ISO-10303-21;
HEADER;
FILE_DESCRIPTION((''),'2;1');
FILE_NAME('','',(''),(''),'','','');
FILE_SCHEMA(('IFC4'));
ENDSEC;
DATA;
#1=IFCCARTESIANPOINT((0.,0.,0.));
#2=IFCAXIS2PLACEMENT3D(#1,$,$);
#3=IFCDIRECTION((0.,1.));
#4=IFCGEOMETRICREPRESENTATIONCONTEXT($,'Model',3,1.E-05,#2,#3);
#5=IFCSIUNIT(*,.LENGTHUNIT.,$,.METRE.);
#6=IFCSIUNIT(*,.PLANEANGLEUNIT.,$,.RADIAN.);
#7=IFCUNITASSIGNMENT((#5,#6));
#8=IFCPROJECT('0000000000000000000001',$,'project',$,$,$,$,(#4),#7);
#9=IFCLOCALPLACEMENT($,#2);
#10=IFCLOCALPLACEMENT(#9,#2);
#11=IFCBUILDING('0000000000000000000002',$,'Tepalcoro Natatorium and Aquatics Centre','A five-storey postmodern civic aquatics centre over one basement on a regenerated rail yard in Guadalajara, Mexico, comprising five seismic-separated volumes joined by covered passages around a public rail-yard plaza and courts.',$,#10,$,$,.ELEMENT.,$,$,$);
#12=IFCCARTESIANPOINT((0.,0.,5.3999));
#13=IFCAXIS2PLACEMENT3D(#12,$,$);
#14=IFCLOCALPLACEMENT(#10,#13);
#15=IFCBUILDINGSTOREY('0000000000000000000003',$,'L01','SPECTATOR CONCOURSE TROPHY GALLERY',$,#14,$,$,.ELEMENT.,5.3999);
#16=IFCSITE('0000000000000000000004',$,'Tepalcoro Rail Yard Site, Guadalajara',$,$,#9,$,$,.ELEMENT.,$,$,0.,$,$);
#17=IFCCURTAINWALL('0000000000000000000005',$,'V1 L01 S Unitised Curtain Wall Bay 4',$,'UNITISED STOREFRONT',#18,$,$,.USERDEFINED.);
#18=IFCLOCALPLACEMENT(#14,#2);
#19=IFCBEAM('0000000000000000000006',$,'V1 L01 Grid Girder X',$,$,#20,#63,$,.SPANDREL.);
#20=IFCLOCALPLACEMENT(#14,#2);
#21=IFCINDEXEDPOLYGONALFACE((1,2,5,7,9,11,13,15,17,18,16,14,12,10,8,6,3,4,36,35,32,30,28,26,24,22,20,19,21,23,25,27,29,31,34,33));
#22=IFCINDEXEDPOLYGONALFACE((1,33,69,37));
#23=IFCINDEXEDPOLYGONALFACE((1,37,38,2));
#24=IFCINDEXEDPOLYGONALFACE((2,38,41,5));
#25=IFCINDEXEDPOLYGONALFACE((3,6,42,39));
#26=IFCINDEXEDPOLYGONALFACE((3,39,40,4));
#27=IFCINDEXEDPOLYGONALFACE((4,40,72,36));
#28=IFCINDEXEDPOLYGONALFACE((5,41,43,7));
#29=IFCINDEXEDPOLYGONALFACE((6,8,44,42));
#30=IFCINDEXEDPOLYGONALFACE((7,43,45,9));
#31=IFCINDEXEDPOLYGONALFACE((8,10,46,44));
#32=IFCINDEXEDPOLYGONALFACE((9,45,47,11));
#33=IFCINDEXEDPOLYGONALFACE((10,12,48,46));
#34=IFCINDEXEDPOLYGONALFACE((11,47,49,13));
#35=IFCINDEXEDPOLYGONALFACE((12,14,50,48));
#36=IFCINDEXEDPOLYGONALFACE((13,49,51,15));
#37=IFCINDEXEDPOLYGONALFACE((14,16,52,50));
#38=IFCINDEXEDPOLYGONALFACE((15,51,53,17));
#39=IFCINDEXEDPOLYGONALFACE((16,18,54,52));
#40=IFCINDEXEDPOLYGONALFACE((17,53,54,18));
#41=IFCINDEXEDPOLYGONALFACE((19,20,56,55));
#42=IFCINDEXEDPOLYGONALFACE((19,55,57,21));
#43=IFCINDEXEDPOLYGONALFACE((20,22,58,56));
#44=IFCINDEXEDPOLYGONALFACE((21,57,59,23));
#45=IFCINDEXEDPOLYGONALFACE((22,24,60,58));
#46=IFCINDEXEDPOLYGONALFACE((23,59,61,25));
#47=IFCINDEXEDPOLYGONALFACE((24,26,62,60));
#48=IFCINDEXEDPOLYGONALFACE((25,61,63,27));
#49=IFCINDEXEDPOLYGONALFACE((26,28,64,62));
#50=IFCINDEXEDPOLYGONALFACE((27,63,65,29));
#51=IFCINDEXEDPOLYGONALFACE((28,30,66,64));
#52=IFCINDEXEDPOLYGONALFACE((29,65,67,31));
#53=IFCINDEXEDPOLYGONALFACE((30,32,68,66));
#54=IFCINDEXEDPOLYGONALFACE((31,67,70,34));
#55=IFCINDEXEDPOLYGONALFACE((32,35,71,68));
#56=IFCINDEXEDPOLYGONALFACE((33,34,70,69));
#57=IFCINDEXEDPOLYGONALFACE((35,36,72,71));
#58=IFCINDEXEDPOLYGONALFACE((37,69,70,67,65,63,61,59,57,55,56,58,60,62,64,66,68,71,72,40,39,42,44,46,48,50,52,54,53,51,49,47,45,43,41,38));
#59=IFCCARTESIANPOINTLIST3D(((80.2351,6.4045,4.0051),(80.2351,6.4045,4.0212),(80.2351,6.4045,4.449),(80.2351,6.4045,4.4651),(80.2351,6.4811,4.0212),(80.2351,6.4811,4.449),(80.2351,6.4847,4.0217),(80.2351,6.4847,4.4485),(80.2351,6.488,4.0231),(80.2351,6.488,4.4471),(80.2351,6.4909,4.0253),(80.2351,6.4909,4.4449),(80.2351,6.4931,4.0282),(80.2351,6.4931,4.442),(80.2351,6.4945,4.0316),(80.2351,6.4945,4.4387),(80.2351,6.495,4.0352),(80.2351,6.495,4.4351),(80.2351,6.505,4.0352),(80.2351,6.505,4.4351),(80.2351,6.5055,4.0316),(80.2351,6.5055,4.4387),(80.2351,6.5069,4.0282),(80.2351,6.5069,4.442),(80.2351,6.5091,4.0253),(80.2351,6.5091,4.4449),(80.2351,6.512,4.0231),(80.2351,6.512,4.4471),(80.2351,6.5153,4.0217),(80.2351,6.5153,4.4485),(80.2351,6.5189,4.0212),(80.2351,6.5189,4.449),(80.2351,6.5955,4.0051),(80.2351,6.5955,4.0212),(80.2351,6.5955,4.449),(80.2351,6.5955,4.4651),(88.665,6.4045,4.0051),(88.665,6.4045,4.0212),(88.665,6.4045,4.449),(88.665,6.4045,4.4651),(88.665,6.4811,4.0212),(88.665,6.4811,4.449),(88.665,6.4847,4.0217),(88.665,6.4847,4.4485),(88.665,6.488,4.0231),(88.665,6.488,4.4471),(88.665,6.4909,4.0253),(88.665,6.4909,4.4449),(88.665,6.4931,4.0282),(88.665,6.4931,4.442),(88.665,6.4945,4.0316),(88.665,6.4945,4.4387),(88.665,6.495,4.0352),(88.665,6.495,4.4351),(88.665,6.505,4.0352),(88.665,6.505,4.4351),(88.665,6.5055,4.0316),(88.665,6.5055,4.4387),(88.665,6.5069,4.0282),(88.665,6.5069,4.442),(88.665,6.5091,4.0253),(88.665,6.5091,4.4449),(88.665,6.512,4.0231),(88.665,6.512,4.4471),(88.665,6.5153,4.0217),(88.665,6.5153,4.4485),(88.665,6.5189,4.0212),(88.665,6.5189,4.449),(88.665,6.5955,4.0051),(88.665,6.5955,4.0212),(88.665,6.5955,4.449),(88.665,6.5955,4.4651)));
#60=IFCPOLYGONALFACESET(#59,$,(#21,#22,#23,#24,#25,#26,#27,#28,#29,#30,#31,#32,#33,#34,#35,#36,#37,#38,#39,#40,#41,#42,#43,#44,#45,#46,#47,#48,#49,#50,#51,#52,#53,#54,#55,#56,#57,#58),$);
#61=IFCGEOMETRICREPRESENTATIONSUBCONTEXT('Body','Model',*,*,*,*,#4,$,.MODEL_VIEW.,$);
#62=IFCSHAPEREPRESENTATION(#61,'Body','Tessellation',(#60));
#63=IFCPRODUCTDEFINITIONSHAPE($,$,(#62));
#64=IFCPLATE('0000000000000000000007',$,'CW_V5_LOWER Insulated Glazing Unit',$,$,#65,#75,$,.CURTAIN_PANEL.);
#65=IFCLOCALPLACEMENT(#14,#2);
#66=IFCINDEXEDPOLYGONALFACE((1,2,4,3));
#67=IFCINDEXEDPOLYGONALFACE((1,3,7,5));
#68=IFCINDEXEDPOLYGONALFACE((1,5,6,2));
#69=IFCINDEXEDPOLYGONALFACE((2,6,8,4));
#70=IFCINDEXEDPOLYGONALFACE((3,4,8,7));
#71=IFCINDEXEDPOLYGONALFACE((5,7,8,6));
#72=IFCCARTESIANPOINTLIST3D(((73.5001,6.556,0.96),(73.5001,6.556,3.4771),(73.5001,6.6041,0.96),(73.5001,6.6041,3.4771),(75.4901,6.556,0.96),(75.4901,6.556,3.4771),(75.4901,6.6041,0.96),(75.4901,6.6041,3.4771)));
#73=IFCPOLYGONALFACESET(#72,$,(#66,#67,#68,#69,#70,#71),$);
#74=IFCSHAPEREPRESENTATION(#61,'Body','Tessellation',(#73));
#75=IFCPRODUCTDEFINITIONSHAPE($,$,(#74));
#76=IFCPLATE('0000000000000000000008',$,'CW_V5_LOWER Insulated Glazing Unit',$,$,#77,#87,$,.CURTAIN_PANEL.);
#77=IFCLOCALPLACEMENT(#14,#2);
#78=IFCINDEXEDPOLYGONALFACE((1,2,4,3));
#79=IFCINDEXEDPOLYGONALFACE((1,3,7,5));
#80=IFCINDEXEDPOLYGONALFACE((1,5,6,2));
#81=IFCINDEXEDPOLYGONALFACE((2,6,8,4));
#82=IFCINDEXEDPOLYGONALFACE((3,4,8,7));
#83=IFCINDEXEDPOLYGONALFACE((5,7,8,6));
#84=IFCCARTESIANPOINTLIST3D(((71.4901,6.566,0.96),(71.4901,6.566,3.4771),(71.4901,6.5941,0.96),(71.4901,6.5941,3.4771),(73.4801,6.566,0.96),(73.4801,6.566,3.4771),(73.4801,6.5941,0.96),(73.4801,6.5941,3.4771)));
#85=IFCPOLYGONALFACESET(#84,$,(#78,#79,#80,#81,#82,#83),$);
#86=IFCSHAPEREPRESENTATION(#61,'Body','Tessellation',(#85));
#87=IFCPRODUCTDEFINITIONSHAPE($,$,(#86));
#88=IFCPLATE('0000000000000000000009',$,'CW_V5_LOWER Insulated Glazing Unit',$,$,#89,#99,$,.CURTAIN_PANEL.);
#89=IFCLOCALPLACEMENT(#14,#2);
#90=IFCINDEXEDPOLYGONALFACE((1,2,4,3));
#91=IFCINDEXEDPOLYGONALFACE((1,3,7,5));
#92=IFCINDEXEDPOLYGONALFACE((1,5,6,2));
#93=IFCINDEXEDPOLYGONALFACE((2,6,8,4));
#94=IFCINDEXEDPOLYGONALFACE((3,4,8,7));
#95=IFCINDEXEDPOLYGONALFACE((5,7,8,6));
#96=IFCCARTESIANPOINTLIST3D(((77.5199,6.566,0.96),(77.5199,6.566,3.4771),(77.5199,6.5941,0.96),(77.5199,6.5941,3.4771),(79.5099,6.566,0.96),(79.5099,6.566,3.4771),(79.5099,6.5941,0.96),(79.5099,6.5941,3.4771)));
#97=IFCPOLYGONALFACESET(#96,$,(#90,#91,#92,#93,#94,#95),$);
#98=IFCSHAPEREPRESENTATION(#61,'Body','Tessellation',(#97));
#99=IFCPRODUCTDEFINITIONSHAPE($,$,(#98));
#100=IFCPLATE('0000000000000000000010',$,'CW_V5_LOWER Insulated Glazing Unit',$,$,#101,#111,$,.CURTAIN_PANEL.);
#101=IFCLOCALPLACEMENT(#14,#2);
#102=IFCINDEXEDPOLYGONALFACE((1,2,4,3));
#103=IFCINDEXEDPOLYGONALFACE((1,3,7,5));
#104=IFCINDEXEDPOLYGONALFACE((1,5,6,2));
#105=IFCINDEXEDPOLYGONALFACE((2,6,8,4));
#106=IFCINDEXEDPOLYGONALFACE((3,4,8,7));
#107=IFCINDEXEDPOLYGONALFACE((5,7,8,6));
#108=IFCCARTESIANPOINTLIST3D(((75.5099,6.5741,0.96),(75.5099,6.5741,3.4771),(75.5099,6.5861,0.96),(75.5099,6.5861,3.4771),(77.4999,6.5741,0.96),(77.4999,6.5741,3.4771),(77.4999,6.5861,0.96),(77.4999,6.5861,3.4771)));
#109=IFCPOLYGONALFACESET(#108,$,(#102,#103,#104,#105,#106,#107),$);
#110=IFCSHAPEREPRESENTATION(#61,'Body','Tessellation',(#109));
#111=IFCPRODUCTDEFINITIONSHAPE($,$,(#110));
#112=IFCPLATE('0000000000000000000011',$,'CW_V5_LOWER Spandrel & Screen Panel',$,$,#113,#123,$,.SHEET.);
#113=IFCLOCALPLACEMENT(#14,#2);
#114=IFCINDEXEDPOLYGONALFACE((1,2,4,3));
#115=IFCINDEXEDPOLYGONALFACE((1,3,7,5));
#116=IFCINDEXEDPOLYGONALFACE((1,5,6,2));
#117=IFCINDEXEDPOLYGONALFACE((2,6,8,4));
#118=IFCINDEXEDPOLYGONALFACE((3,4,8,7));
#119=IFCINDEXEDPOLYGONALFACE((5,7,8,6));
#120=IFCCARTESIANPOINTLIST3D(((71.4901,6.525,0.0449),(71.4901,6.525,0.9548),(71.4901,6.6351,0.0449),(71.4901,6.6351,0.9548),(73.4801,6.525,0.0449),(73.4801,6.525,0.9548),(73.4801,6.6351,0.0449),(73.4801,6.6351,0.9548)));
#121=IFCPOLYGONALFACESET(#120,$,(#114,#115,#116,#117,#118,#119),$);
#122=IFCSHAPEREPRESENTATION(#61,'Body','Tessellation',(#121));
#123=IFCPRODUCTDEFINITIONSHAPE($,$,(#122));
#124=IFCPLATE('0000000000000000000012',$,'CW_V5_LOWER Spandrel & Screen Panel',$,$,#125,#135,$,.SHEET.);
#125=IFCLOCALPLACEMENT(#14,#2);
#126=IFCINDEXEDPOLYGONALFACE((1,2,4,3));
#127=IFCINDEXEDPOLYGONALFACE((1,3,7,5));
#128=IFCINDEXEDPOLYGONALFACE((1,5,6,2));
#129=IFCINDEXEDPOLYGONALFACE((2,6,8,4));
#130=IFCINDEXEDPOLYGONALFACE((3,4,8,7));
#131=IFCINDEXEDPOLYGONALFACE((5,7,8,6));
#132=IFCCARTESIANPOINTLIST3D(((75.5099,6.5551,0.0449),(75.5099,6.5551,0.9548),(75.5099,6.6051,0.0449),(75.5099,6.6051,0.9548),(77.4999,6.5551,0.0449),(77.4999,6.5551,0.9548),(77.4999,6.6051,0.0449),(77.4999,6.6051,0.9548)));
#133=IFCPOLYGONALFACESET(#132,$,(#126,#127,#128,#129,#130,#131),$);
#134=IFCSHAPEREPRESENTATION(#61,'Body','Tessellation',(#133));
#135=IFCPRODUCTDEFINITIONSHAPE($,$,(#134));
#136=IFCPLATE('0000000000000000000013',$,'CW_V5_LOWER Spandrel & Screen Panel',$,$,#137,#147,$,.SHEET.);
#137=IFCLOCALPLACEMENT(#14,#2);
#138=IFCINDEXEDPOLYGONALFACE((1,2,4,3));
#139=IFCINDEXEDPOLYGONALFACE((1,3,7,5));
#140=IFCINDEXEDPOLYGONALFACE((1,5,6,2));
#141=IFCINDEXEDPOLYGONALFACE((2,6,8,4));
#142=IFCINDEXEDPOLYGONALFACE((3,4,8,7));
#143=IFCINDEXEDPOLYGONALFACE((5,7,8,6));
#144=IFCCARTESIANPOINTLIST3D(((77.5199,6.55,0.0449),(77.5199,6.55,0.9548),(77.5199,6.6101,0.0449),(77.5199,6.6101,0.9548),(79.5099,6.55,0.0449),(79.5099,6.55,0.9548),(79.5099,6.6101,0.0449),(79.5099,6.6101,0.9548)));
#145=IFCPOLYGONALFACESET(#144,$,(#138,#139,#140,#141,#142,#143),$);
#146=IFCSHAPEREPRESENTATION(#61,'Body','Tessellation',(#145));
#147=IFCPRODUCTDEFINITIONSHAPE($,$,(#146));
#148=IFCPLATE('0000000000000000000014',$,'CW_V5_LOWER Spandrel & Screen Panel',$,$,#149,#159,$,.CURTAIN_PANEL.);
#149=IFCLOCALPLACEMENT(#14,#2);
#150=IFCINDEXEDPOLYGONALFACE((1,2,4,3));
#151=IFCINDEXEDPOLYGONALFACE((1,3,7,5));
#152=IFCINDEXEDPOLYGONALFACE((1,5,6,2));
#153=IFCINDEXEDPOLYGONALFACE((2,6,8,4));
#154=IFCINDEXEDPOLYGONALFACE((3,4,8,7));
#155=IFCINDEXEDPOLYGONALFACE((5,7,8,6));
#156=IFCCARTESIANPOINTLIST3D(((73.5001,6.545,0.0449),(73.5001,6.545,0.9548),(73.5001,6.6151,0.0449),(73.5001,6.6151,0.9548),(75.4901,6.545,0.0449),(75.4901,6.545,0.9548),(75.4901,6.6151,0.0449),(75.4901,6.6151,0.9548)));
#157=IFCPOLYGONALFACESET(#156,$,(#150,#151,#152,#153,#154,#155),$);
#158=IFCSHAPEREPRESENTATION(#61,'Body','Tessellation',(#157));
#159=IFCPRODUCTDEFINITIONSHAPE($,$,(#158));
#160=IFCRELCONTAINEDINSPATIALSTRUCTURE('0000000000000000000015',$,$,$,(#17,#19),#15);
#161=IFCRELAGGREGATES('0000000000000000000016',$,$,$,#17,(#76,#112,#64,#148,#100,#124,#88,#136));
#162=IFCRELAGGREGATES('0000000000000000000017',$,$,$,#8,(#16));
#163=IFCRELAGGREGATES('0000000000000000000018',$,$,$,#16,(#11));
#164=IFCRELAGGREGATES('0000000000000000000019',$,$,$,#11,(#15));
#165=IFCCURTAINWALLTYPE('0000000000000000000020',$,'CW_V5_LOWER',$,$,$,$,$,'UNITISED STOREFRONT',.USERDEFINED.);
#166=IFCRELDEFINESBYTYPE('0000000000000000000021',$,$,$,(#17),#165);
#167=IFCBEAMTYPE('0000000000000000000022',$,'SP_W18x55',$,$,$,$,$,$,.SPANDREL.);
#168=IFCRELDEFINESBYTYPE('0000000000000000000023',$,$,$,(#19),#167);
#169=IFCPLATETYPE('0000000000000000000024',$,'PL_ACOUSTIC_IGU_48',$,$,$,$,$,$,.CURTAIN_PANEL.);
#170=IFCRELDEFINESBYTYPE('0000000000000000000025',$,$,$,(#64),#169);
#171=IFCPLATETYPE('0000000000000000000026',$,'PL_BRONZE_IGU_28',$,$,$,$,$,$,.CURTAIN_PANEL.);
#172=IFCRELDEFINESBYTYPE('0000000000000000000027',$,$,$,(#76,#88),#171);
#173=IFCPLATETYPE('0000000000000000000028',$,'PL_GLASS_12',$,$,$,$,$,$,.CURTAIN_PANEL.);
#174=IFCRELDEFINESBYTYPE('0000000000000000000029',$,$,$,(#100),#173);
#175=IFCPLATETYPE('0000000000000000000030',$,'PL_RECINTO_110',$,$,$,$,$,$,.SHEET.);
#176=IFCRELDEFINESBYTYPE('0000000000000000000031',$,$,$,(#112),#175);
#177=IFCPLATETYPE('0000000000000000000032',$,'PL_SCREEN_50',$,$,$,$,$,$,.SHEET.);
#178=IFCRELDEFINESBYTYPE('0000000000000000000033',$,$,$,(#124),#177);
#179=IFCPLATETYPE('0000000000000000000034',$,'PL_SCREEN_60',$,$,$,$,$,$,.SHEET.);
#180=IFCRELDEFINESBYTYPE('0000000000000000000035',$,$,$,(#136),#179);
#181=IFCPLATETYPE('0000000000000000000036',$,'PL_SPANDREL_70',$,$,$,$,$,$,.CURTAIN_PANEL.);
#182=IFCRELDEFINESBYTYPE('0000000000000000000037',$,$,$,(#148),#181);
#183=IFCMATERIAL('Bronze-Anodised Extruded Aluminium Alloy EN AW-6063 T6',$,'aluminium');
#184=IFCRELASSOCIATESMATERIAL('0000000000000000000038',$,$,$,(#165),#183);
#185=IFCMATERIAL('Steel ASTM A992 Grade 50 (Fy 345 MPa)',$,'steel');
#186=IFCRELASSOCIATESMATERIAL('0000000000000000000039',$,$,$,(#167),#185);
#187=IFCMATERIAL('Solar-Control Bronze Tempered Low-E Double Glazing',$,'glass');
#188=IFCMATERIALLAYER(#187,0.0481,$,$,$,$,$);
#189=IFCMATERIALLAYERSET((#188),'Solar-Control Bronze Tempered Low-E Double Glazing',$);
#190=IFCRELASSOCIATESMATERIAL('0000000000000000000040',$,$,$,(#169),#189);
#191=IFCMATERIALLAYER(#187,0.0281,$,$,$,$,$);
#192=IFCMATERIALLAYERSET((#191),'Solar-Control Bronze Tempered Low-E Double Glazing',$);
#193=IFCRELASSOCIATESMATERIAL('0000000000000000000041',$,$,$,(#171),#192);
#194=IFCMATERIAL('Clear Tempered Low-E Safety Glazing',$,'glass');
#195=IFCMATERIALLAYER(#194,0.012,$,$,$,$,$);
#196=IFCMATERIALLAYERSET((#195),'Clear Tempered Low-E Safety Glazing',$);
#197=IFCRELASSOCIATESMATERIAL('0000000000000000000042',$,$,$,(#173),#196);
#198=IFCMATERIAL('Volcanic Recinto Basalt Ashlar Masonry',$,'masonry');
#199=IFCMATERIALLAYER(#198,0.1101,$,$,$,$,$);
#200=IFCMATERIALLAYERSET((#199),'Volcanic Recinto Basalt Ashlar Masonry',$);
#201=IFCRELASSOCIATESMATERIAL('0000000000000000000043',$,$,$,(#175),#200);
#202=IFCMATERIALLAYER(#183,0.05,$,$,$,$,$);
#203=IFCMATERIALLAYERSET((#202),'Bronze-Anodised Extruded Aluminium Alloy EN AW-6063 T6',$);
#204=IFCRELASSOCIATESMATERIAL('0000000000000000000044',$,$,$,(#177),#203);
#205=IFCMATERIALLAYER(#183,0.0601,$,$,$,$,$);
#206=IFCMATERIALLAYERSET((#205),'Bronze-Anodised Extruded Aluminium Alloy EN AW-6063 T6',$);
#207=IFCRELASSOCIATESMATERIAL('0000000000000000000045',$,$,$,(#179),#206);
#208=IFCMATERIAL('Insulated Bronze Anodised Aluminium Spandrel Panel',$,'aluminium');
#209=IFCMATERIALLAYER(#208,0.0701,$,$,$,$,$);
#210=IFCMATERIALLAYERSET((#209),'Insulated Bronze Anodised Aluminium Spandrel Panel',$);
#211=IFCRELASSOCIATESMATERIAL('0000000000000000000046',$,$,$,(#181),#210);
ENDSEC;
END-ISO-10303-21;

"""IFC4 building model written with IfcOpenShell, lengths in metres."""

from ifc_helpers import new_model, si_unit, direction, frame, origin, origin_2d, place, context, subcontext, project, spatial, rectangle, i_section, extrude, material, layer, layer_set, material_profile, profile_set, type_object, element, aggregate, save


model = new_model("IFC4")

# Units and contexts
model_context = context("Model", 3, precision=1e-05, world=origin(), true_north=direction((0.0, 1.0)))
body_context = subcontext(model_context, "Body", "Model", "MODEL_VIEW")
ifc_project = project(units=[si_unit("LENGTHUNIT", "METRE"), si_unit("PLANEANGLEUNIT", "RADIAN")], contexts=[model_context])

# Site, building, storey
site_placement = place(None, origin())
site = spatial("IfcSite", under=ifc_project, at=site_placement, Name="Tepalcoro Rail Yard Site, Guadalajara", CompositionType="ELEMENT", RefElevation=0.0)
building_placement = place(site_placement, origin())
building = spatial("IfcBuilding", under=site, at=building_placement, Name="Tepalcoro Natatorium and Aquatics Centre", Description="A five-storey postmodern civic aquatics centre over one basement on a regenerated rail yard in Guadalajara, Mexico, comprising five seismic-separated volumes joined by covered passages around a public rail-yard plaza and courts.", CompositionType="ELEMENT")
storey_placement = place(building_placement, frame((0.0, 0.0, 5.3999)))
storey = spatial("IfcBuildingStorey", under=building, at=storey_placement, Name="L01", Description="SPECTATOR CONCOURSE TROPHY GALLERY", CompositionType="ELEMENT", Elevation=5.3999)

# Shared definitions
ifc_material_1 = material(Name="Steel ASTM A992 Grade 50 (Fy 345 MPa)", Category="steel")

# Curtain wall
ifc_material_2 = material(Name="Bronze-Anodised Extruded Aluminium Alloy EN AW-6063 T6", Category="aluminium")
curtain_wall_type_1 = type_object("IfcCurtainWallType", Name="CW_V5_LOWER", ElementType="UNITISED STOREFRONT", PredefinedType="USERDEFINED", material=ifc_material_2)
curtain_wall_1_placement = place(storey_placement, origin())
curtain_wall_1 = element("IfcCurtainWall", 1, at=curtain_wall_1_placement, inside=storey, type_object=curtain_wall_type_1, Name="V1 L01 S Unitised Curtain Wall Bay 4", ObjectType="UNITISED STOREFRONT", PredefinedType="USERDEFINED")

# Beam
ifc_material_profile_1 = material_profile(ifc_material_1, i_section(OverallWidth=0.1909, OverallDepth=0.46, WebThickness=0.01, FlangeThickness=0.0161, FilletRadius=0.0139, at=origin_2d()), Name="W18X55")
ifc_profile_set_1 = profile_set([ifc_material_profile_1], Name="Steel ASTM A992 Grade 50 (Fy 345 MPa)")
beam_type_1 = type_object("IfcBeamType", Name="SP_W18x55", PredefinedType="SPANDREL", material=ifc_profile_set_1)
beam_1_placement = place(storey_placement, frame((80.2351, 6.5, 4.2351), z_axis=(1.0, 0.0, 0.0), x_axis=(0.0, 1.0, 0.0)))
element("IfcBeam", 2, at=beam_1_placement, inside=storey, type_object=beam_type_1, Name="V1 L01 Grid Girder X", PredefinedType="SPANDREL", context=body_context, shape_type="SweptSolid", body=[
    extrude(i_section(OverallWidth=0.1909, OverallDepth=0.46, WebThickness=0.01, FlangeThickness=0.0161, FilletRadius=0.0139, at=origin_2d()), origin(), (0.0, 0.0, 1.0), 8.4299),
])

# Plates
ifc_material_3 = material(Name="Solar-Control Bronze Tempered Low-E Double Glazing", Category="glass")
ifc_layer_1 = layer(ifc_material_3, 0.0481)
ifc_layer_set_1 = layer_set([ifc_layer_1], Name="Solar-Control Bronze Tempered Low-E Double Glazing")
plate_type_1 = type_object("IfcPlateType", Name="PL_ACOUSTIC_IGU_48", PredefinedType="CURTAIN_PANEL", material=ifc_layer_set_1)
plate_1_placement = place(storey_placement, frame((74.4951, 6.5801, 0.96), z_axis=(0.0, 0.0, 1.0), x_axis=(1.0, 0.0, 0.0)))
plate_1 = element("IfcPlate", 3, at=plate_1_placement, type_object=plate_type_1, Name="CW_V5_LOWER Insulated Glazing Unit", PredefinedType="CURTAIN_PANEL", context=body_context, shape_type="SweptSolid", body=[
    extrude(rectangle(XDim=1.99, YDim=0.0481, at=origin_2d()), origin(), (0.0, 0.0, 1.0), 2.5171),
])
ifc_layer_2 = layer(ifc_material_3, 0.0281)
ifc_layer_set_2 = layer_set([ifc_layer_2], Name="Solar-Control Bronze Tempered Low-E Double Glazing")
plate_type_2 = type_object("IfcPlateType", Name="PL_BRONZE_IGU_28", PredefinedType="CURTAIN_PANEL", material=ifc_layer_set_2)
plate_2_placement = place(storey_placement, frame((72.4851, 6.5801, 0.96), z_axis=(0.0, 0.0, 1.0), x_axis=(1.0, 0.0, 0.0)))
plate_2 = element("IfcPlate", 4, at=plate_2_placement, type_object=plate_type_2, Name="CW_V5_LOWER Insulated Glazing Unit", PredefinedType="CURTAIN_PANEL", context=body_context, shape_type="SweptSolid", body=[
    extrude(rectangle(XDim=1.99, YDim=0.0281, at=origin_2d()), origin(), (0.0, 0.0, 1.0), 2.5171),
])
plate_3_placement = place(storey_placement, frame((78.5149, 6.5801, 0.96), z_axis=(0.0, 0.0, 1.0), x_axis=(1.0, 0.0, 0.0)))
plate_3 = element("IfcPlate", 5, at=plate_3_placement, type_object=plate_type_2, Name="CW_V5_LOWER Insulated Glazing Unit", PredefinedType="CURTAIN_PANEL", context=body_context, shape_type="SweptSolid", body=[
    extrude(rectangle(XDim=1.99, YDim=0.0281, at=origin_2d()), origin(), (0.0, 0.0, 1.0), 2.5171),
])
ifc_material_4 = material(Name="Clear Tempered Low-E Safety Glazing", Category="glass")
ifc_layer_3 = layer(ifc_material_4, 0.012)
ifc_layer_set_3 = layer_set([ifc_layer_3], Name="Clear Tempered Low-E Safety Glazing")
plate_type_3 = type_object("IfcPlateType", Name="PL_GLASS_12", PredefinedType="CURTAIN_PANEL", material=ifc_layer_set_3)
plate_4_placement = place(storey_placement, frame((76.5049, 6.5801, 0.96), z_axis=(0.0, 0.0, 1.0), x_axis=(1.0, 0.0, 0.0)))
plate_4 = element("IfcPlate", 6, at=plate_4_placement, type_object=plate_type_3, Name="CW_V5_LOWER Insulated Glazing Unit", PredefinedType="CURTAIN_PANEL", context=body_context, shape_type="SweptSolid", body=[
    extrude(rectangle(XDim=1.99, YDim=0.012, at=origin_2d()), origin(), (0.0, 0.0, 1.0), 2.5171),
])
ifc_material_5 = material(Name="Volcanic Recinto Basalt Ashlar Masonry", Category="masonry")
ifc_layer_4 = layer(ifc_material_5, 0.1101)
ifc_layer_set_4 = layer_set([ifc_layer_4], Name="Volcanic Recinto Basalt Ashlar Masonry")
plate_type_4 = type_object("IfcPlateType", Name="PL_RECINTO_110", PredefinedType="SHEET", material=ifc_layer_set_4)
plate_5_placement = place(storey_placement, frame((72.4851, 6.5801, 0.0449), z_axis=(0.0, 0.0, 1.0), x_axis=(1.0, 0.0, 0.0)))
plate_5 = element("IfcPlate", 7, at=plate_5_placement, type_object=plate_type_4, Name="CW_V5_LOWER Spandrel & Screen Panel", PredefinedType="SHEET", context=body_context, shape_type="SweptSolid", body=[
    extrude(rectangle(XDim=1.99, YDim=0.1101, at=origin_2d()), origin(), (0.0, 0.0, 1.0), 0.9099),
])
ifc_layer_5 = layer(ifc_material_2, 0.05)
ifc_layer_set_5 = layer_set([ifc_layer_5], Name="Bronze-Anodised Extruded Aluminium Alloy EN AW-6063 T6")
plate_type_5 = type_object("IfcPlateType", Name="PL_SCREEN_50", PredefinedType="SHEET", material=ifc_layer_set_5)
plate_6_placement = place(storey_placement, frame((76.5049, 6.5801, 0.0449), z_axis=(0.0, 0.0, 1.0), x_axis=(1.0, 0.0, 0.0)))
plate_6 = element("IfcPlate", 8, at=plate_6_placement, type_object=plate_type_5, Name="CW_V5_LOWER Spandrel & Screen Panel", PredefinedType="SHEET", context=body_context, shape_type="SweptSolid", body=[
    extrude(rectangle(XDim=1.99, YDim=0.05, at=origin_2d()), origin(), (0.0, 0.0, 1.0), 0.9099),
])
ifc_layer_6 = layer(ifc_material_2, 0.0601)
ifc_layer_set_6 = layer_set([ifc_layer_6], Name="Bronze-Anodised Extruded Aluminium Alloy EN AW-6063 T6")
plate_type_6 = type_object("IfcPlateType", Name="PL_SCREEN_60", PredefinedType="SHEET", material=ifc_layer_set_6)
plate_7_placement = place(storey_placement, frame((78.5149, 6.5801, 0.0449), z_axis=(0.0, 0.0, 1.0), x_axis=(1.0, 0.0, 0.0)))
plate_7 = element("IfcPlate", 9, at=plate_7_placement, type_object=plate_type_6, Name="CW_V5_LOWER Spandrel & Screen Panel", PredefinedType="SHEET", context=body_context, shape_type="SweptSolid", body=[
    extrude(rectangle(XDim=1.99, YDim=0.0601, at=origin_2d()), origin(), (0.0, 0.0, 1.0), 0.9099),
])
ifc_material_6 = material(Name="Insulated Bronze Anodised Aluminium Spandrel Panel", Category="aluminium")
ifc_layer_7 = layer(ifc_material_6, 0.0701)
ifc_layer_set_7 = layer_set([ifc_layer_7], Name="Insulated Bronze Anodised Aluminium Spandrel Panel")
plate_type_7 = type_object("IfcPlateType", Name="PL_SPANDREL_70", PredefinedType="CURTAIN_PANEL", material=ifc_layer_set_7)
plate_8_placement = place(storey_placement, frame((74.4951, 6.5801, 0.0449), z_axis=(0.0, 0.0, 1.0), x_axis=(1.0, 0.0, 0.0)))
plate_8 = element("IfcPlate", 10, at=plate_8_placement, type_object=plate_type_7, Name="CW_V5_LOWER Spandrel & Screen Panel", PredefinedType="CURTAIN_PANEL", context=body_context, shape_type="SweptSolid", body=[
    extrude(rectangle(XDim=1.99, YDim=0.0701, at=origin_2d()), origin(), (0.0, 0.0, 1.0), 0.9099),
])
aggregate(curtain_wall_1, [plate_2, plate_5, plate_1, plate_8, plate_4, plate_6, plate_3, plate_7])

save(model, "model.ifc")
